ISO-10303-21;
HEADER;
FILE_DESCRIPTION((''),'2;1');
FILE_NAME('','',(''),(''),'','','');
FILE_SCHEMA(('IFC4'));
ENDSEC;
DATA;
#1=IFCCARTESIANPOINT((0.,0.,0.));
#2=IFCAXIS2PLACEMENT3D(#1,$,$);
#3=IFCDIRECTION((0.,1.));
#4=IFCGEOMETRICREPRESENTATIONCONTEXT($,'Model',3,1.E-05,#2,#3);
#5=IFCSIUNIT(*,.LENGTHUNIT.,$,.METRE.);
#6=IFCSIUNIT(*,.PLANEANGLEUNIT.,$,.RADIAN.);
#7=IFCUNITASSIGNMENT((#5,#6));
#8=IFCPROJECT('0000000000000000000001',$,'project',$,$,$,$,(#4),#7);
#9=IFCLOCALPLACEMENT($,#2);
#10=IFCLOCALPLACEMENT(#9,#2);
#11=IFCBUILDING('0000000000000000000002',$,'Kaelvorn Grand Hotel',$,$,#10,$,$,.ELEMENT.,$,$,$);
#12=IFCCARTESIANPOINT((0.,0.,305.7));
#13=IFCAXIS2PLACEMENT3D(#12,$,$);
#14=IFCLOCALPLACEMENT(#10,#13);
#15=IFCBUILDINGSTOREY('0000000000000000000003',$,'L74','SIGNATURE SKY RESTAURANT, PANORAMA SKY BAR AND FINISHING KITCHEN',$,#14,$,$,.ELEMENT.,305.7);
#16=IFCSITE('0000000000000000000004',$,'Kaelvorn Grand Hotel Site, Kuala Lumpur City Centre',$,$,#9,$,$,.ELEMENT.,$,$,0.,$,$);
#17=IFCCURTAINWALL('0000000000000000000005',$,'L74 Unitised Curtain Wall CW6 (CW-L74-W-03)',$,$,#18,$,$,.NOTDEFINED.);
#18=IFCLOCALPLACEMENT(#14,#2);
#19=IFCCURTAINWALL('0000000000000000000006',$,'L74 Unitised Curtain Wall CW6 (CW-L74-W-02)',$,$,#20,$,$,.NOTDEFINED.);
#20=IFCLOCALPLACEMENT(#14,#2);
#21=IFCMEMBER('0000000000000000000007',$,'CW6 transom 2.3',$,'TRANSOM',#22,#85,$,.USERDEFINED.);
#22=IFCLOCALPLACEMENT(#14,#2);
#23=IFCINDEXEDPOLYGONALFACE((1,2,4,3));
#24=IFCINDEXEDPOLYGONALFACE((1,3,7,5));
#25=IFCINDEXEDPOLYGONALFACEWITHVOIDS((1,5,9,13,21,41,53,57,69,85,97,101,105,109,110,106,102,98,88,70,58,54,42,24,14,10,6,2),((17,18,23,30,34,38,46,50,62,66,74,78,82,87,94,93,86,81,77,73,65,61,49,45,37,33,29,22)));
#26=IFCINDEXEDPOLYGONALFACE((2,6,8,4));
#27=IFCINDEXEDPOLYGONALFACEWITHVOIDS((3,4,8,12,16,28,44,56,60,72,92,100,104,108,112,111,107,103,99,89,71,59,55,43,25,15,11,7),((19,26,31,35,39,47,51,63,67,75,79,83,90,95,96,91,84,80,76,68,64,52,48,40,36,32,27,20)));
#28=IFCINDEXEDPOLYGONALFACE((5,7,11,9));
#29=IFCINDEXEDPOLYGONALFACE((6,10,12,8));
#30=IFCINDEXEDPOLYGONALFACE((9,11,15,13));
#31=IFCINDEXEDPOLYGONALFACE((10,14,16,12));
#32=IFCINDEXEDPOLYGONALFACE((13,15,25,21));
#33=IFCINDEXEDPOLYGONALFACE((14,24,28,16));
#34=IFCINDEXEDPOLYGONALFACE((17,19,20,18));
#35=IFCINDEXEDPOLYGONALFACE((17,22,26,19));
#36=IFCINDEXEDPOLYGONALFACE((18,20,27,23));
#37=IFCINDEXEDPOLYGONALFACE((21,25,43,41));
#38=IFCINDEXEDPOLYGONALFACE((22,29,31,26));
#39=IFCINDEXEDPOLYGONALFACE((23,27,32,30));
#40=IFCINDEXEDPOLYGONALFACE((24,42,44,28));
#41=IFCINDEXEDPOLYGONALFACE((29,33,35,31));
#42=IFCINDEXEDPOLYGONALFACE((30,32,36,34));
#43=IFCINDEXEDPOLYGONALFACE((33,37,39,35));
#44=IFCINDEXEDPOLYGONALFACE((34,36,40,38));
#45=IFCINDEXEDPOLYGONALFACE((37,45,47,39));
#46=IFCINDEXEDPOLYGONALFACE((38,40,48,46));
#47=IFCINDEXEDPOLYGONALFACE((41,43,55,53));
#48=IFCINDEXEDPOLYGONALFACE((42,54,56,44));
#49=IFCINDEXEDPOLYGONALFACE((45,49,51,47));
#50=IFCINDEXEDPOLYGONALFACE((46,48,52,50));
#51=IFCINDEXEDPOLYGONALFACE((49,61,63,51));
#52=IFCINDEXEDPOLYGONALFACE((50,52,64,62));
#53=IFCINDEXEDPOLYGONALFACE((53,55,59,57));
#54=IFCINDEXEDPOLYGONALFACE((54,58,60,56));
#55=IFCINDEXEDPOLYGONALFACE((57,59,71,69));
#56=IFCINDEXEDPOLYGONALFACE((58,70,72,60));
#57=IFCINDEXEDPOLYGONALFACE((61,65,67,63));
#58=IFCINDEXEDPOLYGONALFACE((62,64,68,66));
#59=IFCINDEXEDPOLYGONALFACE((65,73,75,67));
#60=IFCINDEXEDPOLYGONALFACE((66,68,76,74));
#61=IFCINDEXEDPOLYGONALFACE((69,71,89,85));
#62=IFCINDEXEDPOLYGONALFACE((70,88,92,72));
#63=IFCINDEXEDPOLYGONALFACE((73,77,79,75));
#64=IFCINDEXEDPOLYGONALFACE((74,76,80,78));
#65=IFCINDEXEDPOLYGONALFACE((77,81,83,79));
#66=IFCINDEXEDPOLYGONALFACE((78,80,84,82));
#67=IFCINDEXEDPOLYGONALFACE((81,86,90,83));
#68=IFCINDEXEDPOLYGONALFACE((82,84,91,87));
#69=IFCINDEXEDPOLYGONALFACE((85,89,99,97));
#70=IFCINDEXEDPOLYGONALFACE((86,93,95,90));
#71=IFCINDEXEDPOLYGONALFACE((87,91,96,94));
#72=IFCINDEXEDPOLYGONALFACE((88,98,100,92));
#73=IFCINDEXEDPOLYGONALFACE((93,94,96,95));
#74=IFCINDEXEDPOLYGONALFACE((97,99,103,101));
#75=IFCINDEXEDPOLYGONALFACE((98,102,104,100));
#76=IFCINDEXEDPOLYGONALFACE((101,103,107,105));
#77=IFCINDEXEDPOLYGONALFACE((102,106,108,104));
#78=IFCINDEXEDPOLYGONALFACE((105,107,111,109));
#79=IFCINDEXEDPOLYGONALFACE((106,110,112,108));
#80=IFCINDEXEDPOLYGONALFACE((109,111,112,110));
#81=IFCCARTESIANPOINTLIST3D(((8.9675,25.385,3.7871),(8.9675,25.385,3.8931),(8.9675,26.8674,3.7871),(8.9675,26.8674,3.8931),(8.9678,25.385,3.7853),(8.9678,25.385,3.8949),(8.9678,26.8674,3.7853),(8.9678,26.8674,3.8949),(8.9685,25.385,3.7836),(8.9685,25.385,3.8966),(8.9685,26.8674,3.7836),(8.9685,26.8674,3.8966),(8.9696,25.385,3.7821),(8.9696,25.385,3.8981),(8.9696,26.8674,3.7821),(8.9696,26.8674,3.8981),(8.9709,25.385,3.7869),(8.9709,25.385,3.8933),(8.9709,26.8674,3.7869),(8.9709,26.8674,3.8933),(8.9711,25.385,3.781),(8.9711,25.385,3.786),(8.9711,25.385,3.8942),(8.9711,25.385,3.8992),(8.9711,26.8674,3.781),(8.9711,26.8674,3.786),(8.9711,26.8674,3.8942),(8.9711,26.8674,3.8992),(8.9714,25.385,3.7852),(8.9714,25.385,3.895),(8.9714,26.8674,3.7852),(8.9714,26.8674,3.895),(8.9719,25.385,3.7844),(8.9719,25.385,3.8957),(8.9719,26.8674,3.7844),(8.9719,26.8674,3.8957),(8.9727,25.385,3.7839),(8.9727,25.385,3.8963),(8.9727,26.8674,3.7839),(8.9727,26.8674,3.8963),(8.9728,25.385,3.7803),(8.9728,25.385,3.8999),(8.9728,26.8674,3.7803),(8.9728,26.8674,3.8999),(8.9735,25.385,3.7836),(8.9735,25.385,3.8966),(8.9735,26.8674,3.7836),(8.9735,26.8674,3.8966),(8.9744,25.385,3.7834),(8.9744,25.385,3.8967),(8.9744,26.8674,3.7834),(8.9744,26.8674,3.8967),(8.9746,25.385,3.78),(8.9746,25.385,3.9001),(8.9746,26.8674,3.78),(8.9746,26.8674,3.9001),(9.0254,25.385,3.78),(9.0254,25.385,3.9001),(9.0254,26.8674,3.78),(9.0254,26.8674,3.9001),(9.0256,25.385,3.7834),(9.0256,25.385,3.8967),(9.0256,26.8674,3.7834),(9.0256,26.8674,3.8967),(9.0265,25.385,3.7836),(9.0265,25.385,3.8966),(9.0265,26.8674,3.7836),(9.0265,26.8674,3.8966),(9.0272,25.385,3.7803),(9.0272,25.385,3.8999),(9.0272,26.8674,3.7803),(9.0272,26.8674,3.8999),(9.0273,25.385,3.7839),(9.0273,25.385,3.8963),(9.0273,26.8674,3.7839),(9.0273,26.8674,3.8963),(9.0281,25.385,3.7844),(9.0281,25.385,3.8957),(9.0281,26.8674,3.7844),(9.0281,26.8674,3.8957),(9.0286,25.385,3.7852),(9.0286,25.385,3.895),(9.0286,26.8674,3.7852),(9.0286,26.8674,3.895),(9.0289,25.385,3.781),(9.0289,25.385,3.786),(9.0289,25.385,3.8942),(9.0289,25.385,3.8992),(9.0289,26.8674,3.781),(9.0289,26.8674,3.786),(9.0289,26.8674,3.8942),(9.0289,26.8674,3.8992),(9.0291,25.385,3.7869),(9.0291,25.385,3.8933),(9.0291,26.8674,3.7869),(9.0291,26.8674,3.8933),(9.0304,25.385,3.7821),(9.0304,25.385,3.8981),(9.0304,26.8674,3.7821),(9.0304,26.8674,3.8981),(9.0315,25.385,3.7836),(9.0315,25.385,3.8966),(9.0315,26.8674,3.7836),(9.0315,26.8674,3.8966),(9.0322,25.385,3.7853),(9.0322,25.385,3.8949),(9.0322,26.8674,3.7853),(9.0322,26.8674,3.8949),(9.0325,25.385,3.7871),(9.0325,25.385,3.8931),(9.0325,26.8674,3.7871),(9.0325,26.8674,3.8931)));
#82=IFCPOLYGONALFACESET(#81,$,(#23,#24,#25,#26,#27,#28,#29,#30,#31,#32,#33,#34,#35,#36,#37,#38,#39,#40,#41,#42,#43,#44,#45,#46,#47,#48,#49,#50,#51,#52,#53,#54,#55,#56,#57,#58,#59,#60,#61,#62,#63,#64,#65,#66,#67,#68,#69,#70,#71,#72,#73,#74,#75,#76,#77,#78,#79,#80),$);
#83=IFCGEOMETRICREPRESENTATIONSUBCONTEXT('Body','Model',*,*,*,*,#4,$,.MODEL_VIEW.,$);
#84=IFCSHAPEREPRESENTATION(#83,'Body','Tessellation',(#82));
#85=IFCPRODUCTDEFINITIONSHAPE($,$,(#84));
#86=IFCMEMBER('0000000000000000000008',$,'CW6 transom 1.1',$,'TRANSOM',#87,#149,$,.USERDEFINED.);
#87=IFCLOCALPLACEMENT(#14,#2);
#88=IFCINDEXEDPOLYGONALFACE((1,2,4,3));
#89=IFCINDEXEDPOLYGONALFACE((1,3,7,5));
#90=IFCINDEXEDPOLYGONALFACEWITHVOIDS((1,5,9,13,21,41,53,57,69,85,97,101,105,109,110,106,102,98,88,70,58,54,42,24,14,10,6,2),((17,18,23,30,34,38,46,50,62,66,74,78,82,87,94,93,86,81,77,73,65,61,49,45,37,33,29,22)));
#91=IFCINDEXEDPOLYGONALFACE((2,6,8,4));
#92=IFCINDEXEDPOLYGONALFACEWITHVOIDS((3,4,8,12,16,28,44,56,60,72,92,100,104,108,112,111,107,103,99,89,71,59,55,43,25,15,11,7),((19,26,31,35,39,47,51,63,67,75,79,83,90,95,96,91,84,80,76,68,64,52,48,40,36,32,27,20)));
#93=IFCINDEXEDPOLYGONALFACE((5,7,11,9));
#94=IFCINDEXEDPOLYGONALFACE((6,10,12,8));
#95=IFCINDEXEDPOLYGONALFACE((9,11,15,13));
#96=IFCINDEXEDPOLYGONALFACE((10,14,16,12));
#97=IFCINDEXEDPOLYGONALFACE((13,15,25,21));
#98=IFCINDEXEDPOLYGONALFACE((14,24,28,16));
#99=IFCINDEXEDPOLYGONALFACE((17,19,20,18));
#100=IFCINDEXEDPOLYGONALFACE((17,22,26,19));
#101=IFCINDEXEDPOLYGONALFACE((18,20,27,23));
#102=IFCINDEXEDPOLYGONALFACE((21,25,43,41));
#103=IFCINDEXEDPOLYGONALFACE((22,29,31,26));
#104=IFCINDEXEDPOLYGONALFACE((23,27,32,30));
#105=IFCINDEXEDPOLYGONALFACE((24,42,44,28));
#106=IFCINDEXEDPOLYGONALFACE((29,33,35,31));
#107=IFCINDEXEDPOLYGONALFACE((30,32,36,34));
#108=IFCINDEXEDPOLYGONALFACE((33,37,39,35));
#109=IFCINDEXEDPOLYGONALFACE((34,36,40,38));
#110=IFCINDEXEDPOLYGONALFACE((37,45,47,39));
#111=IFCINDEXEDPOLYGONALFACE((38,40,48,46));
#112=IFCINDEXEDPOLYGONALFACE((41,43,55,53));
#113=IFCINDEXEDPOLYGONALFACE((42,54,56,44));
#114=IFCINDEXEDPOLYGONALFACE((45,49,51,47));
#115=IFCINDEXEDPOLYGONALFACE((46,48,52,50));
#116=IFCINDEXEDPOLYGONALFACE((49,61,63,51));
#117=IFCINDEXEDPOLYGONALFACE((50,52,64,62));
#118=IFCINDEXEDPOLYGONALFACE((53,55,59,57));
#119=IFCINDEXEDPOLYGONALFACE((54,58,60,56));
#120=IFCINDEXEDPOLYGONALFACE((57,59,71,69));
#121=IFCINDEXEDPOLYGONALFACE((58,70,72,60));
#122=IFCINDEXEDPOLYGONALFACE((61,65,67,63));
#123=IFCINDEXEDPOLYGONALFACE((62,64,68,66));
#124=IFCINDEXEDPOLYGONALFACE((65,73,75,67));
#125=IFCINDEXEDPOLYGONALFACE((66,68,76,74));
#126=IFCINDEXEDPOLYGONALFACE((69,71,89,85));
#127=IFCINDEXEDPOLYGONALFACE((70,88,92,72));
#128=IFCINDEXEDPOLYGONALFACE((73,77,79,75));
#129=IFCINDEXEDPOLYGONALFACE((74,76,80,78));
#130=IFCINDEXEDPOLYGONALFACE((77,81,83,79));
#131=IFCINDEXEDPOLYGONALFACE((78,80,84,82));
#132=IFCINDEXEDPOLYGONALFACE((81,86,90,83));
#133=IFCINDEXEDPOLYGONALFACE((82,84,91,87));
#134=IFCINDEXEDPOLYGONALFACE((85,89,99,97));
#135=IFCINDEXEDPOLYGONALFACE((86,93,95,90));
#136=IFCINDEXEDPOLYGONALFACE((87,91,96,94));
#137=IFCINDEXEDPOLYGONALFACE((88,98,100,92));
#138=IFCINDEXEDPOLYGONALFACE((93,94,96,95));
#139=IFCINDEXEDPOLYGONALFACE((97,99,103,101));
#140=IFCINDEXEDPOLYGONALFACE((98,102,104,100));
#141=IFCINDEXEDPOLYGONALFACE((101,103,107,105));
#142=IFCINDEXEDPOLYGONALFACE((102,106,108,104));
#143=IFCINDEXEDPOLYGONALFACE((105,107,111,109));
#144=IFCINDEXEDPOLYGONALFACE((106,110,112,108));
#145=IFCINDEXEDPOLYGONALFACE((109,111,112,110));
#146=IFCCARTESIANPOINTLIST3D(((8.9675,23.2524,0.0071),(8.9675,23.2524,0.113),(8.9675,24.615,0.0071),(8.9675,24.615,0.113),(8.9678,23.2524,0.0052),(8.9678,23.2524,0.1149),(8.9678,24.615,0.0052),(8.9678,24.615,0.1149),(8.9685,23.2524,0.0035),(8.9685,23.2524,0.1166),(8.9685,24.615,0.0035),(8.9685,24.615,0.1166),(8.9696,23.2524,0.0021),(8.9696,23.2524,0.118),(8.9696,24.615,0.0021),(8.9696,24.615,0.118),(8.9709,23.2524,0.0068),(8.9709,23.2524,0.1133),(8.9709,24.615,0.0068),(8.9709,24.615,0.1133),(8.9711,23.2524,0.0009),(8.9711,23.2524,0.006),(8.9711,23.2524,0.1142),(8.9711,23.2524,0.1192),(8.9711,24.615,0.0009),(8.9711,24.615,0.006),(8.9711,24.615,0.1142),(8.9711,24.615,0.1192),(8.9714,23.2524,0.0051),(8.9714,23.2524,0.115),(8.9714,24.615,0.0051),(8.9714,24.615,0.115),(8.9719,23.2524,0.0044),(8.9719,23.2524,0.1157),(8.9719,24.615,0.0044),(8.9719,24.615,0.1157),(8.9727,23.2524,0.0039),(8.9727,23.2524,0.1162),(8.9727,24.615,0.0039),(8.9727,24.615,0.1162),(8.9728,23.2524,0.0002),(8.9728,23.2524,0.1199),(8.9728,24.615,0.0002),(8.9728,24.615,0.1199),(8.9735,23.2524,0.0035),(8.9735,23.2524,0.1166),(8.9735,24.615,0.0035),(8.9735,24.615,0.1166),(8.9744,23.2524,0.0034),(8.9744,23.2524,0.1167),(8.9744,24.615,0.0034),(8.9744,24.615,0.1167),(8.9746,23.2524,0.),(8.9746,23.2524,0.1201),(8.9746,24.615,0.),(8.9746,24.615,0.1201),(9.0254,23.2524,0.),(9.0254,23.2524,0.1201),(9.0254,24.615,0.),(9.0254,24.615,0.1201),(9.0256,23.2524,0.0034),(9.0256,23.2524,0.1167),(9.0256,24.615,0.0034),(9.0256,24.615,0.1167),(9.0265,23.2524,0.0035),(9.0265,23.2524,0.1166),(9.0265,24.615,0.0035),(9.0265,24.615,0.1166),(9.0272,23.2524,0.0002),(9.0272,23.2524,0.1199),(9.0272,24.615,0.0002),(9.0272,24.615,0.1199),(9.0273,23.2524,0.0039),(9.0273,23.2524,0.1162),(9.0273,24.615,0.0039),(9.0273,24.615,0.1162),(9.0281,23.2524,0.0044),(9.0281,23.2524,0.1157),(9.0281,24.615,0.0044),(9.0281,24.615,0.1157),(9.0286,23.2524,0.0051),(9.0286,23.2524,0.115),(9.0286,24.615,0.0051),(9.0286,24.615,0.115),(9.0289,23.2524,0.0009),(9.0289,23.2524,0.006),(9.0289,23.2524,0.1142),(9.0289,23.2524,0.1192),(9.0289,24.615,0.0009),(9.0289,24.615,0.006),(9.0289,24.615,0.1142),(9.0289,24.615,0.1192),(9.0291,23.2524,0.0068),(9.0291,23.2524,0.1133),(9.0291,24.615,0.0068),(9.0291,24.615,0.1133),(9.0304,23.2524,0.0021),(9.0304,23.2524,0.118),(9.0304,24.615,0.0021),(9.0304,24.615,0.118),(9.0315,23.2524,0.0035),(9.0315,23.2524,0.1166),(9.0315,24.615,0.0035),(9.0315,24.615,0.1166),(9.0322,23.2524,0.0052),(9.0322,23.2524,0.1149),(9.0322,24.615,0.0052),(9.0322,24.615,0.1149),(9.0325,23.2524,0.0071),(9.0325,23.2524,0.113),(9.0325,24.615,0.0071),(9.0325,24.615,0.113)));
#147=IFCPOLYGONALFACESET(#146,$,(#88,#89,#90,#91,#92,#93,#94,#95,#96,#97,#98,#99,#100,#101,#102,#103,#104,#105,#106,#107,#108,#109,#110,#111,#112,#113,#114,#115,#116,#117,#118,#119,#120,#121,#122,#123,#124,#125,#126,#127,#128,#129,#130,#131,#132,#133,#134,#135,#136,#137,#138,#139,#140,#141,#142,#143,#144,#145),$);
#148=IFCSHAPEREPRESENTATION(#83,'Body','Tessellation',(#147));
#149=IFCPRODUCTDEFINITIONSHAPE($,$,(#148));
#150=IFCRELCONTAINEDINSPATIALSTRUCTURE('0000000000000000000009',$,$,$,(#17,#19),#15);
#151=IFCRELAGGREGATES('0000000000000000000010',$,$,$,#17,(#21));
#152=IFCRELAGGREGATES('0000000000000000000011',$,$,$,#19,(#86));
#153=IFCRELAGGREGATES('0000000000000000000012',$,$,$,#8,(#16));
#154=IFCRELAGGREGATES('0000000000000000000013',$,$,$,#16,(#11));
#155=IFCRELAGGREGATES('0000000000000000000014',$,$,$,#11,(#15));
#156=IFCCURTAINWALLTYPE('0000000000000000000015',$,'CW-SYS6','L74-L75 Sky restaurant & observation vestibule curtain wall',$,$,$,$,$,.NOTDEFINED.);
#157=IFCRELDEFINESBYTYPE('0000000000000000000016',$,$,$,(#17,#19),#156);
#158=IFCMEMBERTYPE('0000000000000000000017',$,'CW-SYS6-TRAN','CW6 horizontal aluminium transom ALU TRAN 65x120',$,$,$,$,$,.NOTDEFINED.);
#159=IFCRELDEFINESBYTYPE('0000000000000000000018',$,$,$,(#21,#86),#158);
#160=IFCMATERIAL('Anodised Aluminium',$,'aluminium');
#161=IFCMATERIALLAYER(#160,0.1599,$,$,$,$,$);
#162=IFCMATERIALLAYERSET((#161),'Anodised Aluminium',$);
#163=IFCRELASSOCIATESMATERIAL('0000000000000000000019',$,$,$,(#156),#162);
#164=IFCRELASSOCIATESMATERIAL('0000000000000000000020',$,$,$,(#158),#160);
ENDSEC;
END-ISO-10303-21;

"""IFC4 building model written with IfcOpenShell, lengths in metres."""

from ifc_helpers import new_model, si_unit, direction, frame, origin, origin_2d, place, context, subcontext, project, spatial, hollow_rectangle, extrude, material, layer, layer_set, material_profile, profile_set, type_object, element, aggregate, save


model = new_model("IFC4")

# Units and contexts
model_context = context("Model", 3, precision=1e-05, world=origin(), true_north=direction((0.0, 1.0)))
body_context = subcontext(model_context, "Body", "Model", "MODEL_VIEW")
ifc_project = project(units=[si_unit("LENGTHUNIT", "METRE"), si_unit("PLANEANGLEUNIT", "RADIAN")], contexts=[model_context])

# Site, building, storey
site_placement = place(None, origin())
site = spatial("IfcSite", under=ifc_project, at=site_placement, Name="Kaelvorn Grand Hotel Site, Kuala Lumpur City Centre", CompositionType="ELEMENT", RefElevation=0.0)
building_placement = place(site_placement, origin())
building = spatial("IfcBuilding", under=site, at=building_placement, Name="Kaelvorn Grand Hotel", CompositionType="ELEMENT")
storey_placement = place(building_placement, frame((0.0, 0.0, 305.7)))
storey = spatial("IfcBuildingStorey", under=building, at=storey_placement, Name="L74", Description="SIGNATURE SKY RESTAURANT, PANORAMA SKY BAR AND FINISHING KITCHEN", CompositionType="ELEMENT", Elevation=305.7)

# Curtain walls
ifc_material_1 = material(Name="Anodised Aluminium", Category="aluminium")
ifc_layer_1 = layer(ifc_material_1, 0.1599)
ifc_layer_set_1 = layer_set([ifc_layer_1], Name="Anodised Aluminium")
curtain_wall_type = type_object("IfcCurtainWallType", Name="CW-SYS6", Description="L74-L75 Sky restaurant & observation vestibule curtain wall", PredefinedType="NOTDEFINED", material=ifc_layer_set_1)
curtain_wall_1_placement = place(storey_placement, origin())
curtain_wall_1 = element("IfcCurtainWall", 1, at=curtain_wall_1_placement, inside=storey, type_object=curtain_wall_type, Name="L74 Unitised Curtain Wall CW6 (CW-L74-W-03)", PredefinedType="NOTDEFINED")
curtain_wall_2_placement = place(storey_placement, origin())
curtain_wall_2 = element("IfcCurtainWall", 2, at=curtain_wall_2_placement, inside=storey, type_object=curtain_wall_type, Name="L74 Unitised Curtain Wall CW6 (CW-L74-W-02)", PredefinedType="NOTDEFINED")

# Members
ifc_material_profile_1 = material_profile(ifc_material_1, hollow_rectangle(XDim=0.0649, YDim=0.1201, WallThickness=0.0034, InnerFilletRadius=0.0034, OuterFilletRadius=0.0071, at=origin_2d()), Name="ALU TRAN 65x120")
ifc_profile_set_1 = profile_set([ifc_material_profile_1], Name="Anodised Aluminium")
member_type_1 = type_object("IfcMemberType", Name="CW-SYS6-TRAN", Description="CW6 horizontal aluminium transom ALU TRAN 65x120", PredefinedType="NOTDEFINED", material=ifc_profile_set_1)
member_1_placement = place(storey_placement, frame((9.0, 26.8674, 3.8401), z_axis=(0.0, -1.0, 0.0), x_axis=(1.0, 0.0, 0.0)))
member_1 = element("IfcMember", 3, at=member_1_placement, type_object=member_type_1, Name="CW6 transom 2.3", ObjectType="TRANSOM", PredefinedType="USERDEFINED", context=body_context, shape_type="SweptSolid", body=[
    extrude(hollow_rectangle(XDim=0.0649, YDim=0.1201, WallThickness=0.0034, InnerFilletRadius=0.0034, OuterFilletRadius=0.0071, at=origin_2d()), origin(), (0.0, 0.0, 1.0), 1.4824),
])
member_2_placement = place(storey_placement, frame((9.0, 24.615, 0.0601), z_axis=(0.0, -1.0, 0.0), x_axis=(1.0, 0.0, 0.0)))
member_2 = element("IfcMember", 4, at=member_2_placement, type_object=member_type_1, Name="CW6 transom 1.1", ObjectType="TRANSOM", PredefinedType="USERDEFINED", context=body_context, shape_type="SweptSolid", body=[
    extrude(hollow_rectangle(XDim=0.0649, YDim=0.1201, WallThickness=0.0034, InnerFilletRadius=0.0034, OuterFilletRadius=0.0071, at=origin_2d()), origin(), (0.0, 0.0, 1.0), 1.3625),
])

aggregate(curtain_wall_1, [member_1])
aggregate(curtain_wall_2, [member_2])

save(model, "model.ifc")
